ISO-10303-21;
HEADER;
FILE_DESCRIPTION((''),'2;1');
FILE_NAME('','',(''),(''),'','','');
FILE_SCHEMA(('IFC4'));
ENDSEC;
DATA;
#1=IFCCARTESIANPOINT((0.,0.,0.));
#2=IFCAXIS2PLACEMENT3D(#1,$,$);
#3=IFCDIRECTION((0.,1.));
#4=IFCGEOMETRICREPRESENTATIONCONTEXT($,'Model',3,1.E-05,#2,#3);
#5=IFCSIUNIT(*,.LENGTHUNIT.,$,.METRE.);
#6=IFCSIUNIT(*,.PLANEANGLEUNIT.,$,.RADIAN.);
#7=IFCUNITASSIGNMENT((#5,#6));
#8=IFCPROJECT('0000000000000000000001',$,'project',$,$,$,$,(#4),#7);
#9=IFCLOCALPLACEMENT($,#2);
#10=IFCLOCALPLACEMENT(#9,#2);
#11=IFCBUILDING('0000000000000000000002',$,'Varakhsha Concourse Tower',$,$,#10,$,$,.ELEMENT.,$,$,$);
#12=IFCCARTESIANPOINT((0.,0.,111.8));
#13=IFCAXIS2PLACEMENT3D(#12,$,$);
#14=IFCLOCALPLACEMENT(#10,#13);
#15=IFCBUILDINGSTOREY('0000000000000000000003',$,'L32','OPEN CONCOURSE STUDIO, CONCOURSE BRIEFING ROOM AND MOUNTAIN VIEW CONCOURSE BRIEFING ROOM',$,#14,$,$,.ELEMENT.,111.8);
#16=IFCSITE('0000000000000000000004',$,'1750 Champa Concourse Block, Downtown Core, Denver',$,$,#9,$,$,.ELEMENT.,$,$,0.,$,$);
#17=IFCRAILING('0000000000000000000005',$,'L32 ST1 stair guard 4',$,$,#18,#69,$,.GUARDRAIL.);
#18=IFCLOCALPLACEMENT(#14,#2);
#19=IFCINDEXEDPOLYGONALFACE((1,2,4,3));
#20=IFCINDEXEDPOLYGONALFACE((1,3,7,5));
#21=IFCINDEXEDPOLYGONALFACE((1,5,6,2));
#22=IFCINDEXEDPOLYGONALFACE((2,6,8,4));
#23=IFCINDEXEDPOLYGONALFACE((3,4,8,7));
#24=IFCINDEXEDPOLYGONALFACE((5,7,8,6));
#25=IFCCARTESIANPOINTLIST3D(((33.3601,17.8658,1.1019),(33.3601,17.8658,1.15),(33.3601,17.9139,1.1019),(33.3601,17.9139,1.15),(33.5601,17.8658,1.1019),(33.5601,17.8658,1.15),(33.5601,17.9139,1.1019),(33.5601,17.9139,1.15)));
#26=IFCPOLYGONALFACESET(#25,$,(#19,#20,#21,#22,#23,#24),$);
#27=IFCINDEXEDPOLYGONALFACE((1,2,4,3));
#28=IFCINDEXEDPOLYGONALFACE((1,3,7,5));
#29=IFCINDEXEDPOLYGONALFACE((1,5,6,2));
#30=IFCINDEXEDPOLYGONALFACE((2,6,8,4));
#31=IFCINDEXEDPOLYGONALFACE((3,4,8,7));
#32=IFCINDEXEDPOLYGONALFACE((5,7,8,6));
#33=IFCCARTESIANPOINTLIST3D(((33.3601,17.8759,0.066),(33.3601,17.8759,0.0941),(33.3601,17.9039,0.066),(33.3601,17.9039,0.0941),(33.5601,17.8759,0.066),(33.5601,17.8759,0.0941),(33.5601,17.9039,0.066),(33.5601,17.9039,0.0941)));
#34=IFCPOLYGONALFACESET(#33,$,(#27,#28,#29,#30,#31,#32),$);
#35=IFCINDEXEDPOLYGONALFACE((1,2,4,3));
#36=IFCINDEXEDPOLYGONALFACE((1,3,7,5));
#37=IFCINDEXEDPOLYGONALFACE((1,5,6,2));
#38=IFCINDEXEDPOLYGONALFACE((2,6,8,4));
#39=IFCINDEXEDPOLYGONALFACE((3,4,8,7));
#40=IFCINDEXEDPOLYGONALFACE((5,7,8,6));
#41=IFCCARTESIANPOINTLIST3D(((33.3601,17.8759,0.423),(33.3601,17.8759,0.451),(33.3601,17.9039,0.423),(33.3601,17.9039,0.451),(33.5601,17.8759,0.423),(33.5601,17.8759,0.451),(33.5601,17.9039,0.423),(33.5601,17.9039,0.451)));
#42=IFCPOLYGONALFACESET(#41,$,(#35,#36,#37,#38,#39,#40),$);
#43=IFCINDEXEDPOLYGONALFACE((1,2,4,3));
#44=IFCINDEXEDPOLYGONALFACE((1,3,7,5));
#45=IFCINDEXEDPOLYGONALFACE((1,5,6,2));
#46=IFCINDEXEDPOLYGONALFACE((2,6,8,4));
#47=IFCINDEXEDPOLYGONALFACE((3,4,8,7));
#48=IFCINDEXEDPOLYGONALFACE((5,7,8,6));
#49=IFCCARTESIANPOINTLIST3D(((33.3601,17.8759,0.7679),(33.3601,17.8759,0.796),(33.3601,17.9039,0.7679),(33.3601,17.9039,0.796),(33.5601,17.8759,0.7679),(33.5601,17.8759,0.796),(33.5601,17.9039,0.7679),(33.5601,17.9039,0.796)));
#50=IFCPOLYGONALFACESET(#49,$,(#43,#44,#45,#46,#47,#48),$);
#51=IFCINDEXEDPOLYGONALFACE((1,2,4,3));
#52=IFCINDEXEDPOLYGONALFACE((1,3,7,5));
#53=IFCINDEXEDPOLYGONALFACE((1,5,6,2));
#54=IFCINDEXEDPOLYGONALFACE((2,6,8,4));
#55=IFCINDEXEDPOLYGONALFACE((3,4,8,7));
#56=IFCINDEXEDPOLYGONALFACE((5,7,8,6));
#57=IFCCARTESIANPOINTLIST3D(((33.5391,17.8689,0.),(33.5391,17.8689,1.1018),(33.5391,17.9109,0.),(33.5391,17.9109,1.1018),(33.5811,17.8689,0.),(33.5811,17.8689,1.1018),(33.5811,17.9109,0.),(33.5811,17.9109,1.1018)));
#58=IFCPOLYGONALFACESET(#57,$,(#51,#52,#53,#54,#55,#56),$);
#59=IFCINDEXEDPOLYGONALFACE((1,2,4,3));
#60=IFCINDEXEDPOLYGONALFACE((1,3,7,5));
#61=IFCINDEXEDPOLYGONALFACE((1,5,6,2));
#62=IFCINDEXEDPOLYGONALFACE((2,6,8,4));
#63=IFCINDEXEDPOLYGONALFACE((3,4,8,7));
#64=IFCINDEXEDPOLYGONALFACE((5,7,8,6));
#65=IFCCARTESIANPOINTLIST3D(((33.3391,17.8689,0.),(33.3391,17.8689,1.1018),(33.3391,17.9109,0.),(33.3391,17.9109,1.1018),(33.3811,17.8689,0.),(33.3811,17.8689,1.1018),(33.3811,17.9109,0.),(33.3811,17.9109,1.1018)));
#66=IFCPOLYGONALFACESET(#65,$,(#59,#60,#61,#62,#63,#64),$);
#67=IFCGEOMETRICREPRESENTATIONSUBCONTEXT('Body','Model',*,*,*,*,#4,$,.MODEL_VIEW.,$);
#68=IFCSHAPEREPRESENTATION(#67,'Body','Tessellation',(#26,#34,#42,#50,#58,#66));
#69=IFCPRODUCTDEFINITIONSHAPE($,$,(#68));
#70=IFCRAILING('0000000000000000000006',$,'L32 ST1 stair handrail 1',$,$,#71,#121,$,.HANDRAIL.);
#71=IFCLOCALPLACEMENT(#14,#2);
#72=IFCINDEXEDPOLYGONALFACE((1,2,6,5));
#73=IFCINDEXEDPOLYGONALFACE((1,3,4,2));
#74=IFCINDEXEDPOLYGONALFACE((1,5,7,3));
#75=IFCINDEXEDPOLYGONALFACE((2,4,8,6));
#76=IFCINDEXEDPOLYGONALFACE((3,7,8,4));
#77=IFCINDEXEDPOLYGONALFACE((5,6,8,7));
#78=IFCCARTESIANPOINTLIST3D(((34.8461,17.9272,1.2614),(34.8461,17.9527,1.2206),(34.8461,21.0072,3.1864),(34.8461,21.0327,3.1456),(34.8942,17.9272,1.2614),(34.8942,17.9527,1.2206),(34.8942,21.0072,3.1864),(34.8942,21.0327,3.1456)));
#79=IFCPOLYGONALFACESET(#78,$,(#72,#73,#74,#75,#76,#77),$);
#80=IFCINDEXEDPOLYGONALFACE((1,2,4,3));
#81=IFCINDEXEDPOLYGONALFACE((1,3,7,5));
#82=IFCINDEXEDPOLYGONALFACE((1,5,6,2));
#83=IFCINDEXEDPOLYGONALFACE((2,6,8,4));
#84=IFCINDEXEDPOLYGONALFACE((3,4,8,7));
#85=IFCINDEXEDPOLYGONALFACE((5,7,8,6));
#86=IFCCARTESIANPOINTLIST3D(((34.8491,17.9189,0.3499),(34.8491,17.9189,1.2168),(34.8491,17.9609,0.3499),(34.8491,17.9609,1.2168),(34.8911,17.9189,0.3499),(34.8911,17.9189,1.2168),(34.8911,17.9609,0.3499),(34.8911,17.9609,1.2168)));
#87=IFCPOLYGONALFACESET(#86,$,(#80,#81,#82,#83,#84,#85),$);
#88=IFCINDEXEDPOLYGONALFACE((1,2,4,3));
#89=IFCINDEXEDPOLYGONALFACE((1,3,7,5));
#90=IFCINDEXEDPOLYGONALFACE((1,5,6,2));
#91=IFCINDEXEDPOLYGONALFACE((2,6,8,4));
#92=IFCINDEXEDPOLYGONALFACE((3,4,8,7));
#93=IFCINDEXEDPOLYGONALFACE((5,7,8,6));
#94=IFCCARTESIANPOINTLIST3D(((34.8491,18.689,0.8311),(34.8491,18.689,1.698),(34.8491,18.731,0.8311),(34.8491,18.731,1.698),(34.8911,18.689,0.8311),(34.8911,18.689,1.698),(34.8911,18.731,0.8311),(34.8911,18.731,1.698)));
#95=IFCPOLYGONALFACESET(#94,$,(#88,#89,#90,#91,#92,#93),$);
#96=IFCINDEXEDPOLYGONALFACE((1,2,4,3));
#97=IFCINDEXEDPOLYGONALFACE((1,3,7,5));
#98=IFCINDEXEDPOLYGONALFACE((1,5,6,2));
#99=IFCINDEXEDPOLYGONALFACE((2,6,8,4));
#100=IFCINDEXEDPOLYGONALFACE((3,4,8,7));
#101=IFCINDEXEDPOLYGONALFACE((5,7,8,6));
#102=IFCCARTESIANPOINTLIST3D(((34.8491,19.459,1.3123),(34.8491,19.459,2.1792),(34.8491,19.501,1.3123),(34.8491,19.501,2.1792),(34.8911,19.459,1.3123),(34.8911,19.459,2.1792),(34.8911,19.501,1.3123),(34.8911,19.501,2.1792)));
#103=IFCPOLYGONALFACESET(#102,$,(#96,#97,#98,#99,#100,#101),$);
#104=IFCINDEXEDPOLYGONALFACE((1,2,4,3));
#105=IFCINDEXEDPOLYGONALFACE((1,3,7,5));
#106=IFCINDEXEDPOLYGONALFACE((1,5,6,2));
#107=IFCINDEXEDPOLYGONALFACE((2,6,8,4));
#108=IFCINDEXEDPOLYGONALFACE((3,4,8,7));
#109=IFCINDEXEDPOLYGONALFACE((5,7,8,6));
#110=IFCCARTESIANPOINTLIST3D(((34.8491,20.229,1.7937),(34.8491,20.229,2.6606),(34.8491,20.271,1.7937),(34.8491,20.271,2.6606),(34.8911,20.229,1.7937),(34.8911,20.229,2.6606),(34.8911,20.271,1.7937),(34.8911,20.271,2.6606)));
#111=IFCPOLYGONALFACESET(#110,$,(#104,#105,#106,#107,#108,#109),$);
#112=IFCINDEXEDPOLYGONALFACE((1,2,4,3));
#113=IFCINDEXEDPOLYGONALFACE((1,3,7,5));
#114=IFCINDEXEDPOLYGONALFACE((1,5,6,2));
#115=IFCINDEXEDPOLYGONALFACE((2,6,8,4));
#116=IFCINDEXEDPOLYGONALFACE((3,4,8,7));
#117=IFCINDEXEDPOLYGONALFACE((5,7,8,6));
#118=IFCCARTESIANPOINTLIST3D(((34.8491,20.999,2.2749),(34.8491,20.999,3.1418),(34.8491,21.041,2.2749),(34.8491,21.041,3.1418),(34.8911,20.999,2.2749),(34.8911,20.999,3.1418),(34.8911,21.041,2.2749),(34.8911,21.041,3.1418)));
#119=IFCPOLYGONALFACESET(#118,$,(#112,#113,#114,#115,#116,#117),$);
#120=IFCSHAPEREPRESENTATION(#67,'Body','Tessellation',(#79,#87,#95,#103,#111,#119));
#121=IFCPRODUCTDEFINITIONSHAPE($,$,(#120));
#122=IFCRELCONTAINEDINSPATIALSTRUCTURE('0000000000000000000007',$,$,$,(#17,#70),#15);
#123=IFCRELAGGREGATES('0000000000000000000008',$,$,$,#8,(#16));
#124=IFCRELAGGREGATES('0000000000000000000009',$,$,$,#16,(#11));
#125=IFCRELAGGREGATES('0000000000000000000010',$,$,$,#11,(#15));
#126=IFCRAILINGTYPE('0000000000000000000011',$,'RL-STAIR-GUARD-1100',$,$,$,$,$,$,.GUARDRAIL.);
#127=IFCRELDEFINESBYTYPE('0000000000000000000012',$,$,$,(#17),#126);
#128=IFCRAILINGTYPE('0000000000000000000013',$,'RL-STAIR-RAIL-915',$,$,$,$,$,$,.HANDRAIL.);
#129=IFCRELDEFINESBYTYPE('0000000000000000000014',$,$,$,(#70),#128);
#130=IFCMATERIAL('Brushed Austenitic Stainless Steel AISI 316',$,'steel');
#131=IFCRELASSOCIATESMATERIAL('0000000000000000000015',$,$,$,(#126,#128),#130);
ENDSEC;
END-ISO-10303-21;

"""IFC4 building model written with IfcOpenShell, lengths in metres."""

from ifc_helpers import new_model, si_unit, direction, frame, origin, origin_2d, place, context, subcontext, project, spatial, rectangle, extrude, material, type_object, element, save


model = new_model("IFC4")

# Units and contexts
model_context = context("Model", 3, precision=1e-05, world=origin(), true_north=direction((0.0, 1.0)))
body_context = subcontext(model_context, "Body", "Model", "MODEL_VIEW")
ifc_project = project(units=[si_unit("LENGTHUNIT", "METRE"), si_unit("PLANEANGLEUNIT", "RADIAN")], contexts=[model_context])

# Site, building, storey
site_placement = place(None, origin())
site = spatial("IfcSite", under=ifc_project, at=site_placement, Name="1750 Champa Concourse Block, Downtown Core, Denver", CompositionType="ELEMENT", RefElevation=0.0)
building_placement = place(site_placement, origin())
building = spatial("IfcBuilding", under=site, at=building_placement, Name="Varakhsha Concourse Tower", CompositionType="ELEMENT")
storey_placement = place(building_placement, frame((0.0, 0.0, 111.8)))
storey = spatial("IfcBuildingStorey", under=building, at=storey_placement, Name="L32", Description="OPEN CONCOURSE STUDIO, CONCOURSE BRIEFING ROOM AND MOUNTAIN VIEW CONCOURSE BRIEFING ROOM", CompositionType="ELEMENT", Elevation=111.8)

# Railings
ifc_material_1 = material(Name="Brushed Austenitic Stainless Steel AISI 316", Category="steel")
railing_type_1 = type_object("IfcRailingType", Name="RL-STAIR-GUARD-1100", PredefinedType="GUARDRAIL", material=ifc_material_1)
railing_1_placement = place(storey_placement, frame((33.5601, 17.8899, 0.0)))
element("IfcRailing", 1, at=railing_1_placement, inside=storey, type_object=railing_type_1, Name="L32 ST1 stair guard 4", PredefinedType="GUARDRAIL", context=body_context, shape_type="SweptSolid", body=[
    extrude(rectangle(XDim=0.0481, YDim=0.0481, at=origin_2d()), frame((0.0, 0.0, 1.126), z_axis=(-1.0, 0.0, 0.0), x_axis=(0.0, -1.0, 0.0)), (0.0, 0.0, 1.0), 0.2),
    extrude(rectangle(XDim=0.0281, YDim=0.0281, at=origin_2d()), frame((0.0, 0.0, 0.0801), z_axis=(-1.0, 0.0, 0.0), x_axis=(0.0, -1.0, 0.0)), (0.0, 0.0, 1.0), 0.2),
    extrude(rectangle(XDim=0.0281, YDim=0.0281, at=origin_2d()), frame((0.0, 0.0, 0.437), z_axis=(-1.0, 0.0, 0.0), x_axis=(0.0, -1.0, 0.0)), (0.0, 0.0, 1.0), 0.2),
    extrude(rectangle(XDim=0.0281, YDim=0.0281, at=origin_2d()), frame((0.0, 0.0, 0.782), z_axis=(-1.0, 0.0, 0.0), x_axis=(0.0, -1.0, 0.0)), (0.0, 0.0, 1.0), 0.2),
    extrude(rectangle(XDim=0.042, YDim=0.042, at=origin_2d()), origin(), (0.0, 0.0, 1.0), 1.1018),
    extrude(rectangle(XDim=0.042, YDim=0.042, at=origin_2d()), frame((-0.2, 0.0, 0.0)), (0.0, 0.0, 1.0), 1.1018),
])
railing_type_2 = type_object("IfcRailingType", Name="RL-STAIR-RAIL-915", PredefinedType="HANDRAIL", material=ifc_material_1)
railing_2_placement = place(storey_placement, frame((34.8701, 17.9399, 0.3499)))
element("IfcRailing", 2, at=railing_2_placement, inside=storey, type_object=railing_type_2, Name="L32 ST1 stair handrail 1", PredefinedType="HANDRAIL", context=body_context, shape_type="SweptSolid", body=[
    extrude(rectangle(XDim=0.0481, YDim=0.0481, at=origin_2d()), frame((0.0, 0.0, 0.8911), z_axis=(0.0, 0.847998, 0.529999), x_axis=(-1.0, 0.0, 0.0)), (0.0, 0.0, 1.0), 3.6321),
    extrude(rectangle(XDim=0.042, YDim=0.042, at=origin_2d()), origin(), (0.0, 0.0, 1.0), 0.8669),
    extrude(rectangle(XDim=0.042, YDim=0.042, at=origin_2d()), frame((0.0, 0.77, 0.4812)), (0.0, 0.0, 1.0), 0.8669),
    extrude(rectangle(XDim=0.042, YDim=0.042, at=origin_2d()), frame((0.0, 1.54, 0.9624)), (0.0, 0.0, 1.0), 0.8669),
    extrude(rectangle(XDim=0.042, YDim=0.042, at=origin_2d()), frame((0.0, 2.3101, 1.4438)), (0.0, 0.0, 1.0), 0.8669),
    extrude(rectangle(XDim=0.042, YDim=0.042, at=origin_2d()), frame((0.0, 3.0801, 1.925)), (0.0, 0.0, 1.0), 0.8669),
])

save(model, "model.ifc")
